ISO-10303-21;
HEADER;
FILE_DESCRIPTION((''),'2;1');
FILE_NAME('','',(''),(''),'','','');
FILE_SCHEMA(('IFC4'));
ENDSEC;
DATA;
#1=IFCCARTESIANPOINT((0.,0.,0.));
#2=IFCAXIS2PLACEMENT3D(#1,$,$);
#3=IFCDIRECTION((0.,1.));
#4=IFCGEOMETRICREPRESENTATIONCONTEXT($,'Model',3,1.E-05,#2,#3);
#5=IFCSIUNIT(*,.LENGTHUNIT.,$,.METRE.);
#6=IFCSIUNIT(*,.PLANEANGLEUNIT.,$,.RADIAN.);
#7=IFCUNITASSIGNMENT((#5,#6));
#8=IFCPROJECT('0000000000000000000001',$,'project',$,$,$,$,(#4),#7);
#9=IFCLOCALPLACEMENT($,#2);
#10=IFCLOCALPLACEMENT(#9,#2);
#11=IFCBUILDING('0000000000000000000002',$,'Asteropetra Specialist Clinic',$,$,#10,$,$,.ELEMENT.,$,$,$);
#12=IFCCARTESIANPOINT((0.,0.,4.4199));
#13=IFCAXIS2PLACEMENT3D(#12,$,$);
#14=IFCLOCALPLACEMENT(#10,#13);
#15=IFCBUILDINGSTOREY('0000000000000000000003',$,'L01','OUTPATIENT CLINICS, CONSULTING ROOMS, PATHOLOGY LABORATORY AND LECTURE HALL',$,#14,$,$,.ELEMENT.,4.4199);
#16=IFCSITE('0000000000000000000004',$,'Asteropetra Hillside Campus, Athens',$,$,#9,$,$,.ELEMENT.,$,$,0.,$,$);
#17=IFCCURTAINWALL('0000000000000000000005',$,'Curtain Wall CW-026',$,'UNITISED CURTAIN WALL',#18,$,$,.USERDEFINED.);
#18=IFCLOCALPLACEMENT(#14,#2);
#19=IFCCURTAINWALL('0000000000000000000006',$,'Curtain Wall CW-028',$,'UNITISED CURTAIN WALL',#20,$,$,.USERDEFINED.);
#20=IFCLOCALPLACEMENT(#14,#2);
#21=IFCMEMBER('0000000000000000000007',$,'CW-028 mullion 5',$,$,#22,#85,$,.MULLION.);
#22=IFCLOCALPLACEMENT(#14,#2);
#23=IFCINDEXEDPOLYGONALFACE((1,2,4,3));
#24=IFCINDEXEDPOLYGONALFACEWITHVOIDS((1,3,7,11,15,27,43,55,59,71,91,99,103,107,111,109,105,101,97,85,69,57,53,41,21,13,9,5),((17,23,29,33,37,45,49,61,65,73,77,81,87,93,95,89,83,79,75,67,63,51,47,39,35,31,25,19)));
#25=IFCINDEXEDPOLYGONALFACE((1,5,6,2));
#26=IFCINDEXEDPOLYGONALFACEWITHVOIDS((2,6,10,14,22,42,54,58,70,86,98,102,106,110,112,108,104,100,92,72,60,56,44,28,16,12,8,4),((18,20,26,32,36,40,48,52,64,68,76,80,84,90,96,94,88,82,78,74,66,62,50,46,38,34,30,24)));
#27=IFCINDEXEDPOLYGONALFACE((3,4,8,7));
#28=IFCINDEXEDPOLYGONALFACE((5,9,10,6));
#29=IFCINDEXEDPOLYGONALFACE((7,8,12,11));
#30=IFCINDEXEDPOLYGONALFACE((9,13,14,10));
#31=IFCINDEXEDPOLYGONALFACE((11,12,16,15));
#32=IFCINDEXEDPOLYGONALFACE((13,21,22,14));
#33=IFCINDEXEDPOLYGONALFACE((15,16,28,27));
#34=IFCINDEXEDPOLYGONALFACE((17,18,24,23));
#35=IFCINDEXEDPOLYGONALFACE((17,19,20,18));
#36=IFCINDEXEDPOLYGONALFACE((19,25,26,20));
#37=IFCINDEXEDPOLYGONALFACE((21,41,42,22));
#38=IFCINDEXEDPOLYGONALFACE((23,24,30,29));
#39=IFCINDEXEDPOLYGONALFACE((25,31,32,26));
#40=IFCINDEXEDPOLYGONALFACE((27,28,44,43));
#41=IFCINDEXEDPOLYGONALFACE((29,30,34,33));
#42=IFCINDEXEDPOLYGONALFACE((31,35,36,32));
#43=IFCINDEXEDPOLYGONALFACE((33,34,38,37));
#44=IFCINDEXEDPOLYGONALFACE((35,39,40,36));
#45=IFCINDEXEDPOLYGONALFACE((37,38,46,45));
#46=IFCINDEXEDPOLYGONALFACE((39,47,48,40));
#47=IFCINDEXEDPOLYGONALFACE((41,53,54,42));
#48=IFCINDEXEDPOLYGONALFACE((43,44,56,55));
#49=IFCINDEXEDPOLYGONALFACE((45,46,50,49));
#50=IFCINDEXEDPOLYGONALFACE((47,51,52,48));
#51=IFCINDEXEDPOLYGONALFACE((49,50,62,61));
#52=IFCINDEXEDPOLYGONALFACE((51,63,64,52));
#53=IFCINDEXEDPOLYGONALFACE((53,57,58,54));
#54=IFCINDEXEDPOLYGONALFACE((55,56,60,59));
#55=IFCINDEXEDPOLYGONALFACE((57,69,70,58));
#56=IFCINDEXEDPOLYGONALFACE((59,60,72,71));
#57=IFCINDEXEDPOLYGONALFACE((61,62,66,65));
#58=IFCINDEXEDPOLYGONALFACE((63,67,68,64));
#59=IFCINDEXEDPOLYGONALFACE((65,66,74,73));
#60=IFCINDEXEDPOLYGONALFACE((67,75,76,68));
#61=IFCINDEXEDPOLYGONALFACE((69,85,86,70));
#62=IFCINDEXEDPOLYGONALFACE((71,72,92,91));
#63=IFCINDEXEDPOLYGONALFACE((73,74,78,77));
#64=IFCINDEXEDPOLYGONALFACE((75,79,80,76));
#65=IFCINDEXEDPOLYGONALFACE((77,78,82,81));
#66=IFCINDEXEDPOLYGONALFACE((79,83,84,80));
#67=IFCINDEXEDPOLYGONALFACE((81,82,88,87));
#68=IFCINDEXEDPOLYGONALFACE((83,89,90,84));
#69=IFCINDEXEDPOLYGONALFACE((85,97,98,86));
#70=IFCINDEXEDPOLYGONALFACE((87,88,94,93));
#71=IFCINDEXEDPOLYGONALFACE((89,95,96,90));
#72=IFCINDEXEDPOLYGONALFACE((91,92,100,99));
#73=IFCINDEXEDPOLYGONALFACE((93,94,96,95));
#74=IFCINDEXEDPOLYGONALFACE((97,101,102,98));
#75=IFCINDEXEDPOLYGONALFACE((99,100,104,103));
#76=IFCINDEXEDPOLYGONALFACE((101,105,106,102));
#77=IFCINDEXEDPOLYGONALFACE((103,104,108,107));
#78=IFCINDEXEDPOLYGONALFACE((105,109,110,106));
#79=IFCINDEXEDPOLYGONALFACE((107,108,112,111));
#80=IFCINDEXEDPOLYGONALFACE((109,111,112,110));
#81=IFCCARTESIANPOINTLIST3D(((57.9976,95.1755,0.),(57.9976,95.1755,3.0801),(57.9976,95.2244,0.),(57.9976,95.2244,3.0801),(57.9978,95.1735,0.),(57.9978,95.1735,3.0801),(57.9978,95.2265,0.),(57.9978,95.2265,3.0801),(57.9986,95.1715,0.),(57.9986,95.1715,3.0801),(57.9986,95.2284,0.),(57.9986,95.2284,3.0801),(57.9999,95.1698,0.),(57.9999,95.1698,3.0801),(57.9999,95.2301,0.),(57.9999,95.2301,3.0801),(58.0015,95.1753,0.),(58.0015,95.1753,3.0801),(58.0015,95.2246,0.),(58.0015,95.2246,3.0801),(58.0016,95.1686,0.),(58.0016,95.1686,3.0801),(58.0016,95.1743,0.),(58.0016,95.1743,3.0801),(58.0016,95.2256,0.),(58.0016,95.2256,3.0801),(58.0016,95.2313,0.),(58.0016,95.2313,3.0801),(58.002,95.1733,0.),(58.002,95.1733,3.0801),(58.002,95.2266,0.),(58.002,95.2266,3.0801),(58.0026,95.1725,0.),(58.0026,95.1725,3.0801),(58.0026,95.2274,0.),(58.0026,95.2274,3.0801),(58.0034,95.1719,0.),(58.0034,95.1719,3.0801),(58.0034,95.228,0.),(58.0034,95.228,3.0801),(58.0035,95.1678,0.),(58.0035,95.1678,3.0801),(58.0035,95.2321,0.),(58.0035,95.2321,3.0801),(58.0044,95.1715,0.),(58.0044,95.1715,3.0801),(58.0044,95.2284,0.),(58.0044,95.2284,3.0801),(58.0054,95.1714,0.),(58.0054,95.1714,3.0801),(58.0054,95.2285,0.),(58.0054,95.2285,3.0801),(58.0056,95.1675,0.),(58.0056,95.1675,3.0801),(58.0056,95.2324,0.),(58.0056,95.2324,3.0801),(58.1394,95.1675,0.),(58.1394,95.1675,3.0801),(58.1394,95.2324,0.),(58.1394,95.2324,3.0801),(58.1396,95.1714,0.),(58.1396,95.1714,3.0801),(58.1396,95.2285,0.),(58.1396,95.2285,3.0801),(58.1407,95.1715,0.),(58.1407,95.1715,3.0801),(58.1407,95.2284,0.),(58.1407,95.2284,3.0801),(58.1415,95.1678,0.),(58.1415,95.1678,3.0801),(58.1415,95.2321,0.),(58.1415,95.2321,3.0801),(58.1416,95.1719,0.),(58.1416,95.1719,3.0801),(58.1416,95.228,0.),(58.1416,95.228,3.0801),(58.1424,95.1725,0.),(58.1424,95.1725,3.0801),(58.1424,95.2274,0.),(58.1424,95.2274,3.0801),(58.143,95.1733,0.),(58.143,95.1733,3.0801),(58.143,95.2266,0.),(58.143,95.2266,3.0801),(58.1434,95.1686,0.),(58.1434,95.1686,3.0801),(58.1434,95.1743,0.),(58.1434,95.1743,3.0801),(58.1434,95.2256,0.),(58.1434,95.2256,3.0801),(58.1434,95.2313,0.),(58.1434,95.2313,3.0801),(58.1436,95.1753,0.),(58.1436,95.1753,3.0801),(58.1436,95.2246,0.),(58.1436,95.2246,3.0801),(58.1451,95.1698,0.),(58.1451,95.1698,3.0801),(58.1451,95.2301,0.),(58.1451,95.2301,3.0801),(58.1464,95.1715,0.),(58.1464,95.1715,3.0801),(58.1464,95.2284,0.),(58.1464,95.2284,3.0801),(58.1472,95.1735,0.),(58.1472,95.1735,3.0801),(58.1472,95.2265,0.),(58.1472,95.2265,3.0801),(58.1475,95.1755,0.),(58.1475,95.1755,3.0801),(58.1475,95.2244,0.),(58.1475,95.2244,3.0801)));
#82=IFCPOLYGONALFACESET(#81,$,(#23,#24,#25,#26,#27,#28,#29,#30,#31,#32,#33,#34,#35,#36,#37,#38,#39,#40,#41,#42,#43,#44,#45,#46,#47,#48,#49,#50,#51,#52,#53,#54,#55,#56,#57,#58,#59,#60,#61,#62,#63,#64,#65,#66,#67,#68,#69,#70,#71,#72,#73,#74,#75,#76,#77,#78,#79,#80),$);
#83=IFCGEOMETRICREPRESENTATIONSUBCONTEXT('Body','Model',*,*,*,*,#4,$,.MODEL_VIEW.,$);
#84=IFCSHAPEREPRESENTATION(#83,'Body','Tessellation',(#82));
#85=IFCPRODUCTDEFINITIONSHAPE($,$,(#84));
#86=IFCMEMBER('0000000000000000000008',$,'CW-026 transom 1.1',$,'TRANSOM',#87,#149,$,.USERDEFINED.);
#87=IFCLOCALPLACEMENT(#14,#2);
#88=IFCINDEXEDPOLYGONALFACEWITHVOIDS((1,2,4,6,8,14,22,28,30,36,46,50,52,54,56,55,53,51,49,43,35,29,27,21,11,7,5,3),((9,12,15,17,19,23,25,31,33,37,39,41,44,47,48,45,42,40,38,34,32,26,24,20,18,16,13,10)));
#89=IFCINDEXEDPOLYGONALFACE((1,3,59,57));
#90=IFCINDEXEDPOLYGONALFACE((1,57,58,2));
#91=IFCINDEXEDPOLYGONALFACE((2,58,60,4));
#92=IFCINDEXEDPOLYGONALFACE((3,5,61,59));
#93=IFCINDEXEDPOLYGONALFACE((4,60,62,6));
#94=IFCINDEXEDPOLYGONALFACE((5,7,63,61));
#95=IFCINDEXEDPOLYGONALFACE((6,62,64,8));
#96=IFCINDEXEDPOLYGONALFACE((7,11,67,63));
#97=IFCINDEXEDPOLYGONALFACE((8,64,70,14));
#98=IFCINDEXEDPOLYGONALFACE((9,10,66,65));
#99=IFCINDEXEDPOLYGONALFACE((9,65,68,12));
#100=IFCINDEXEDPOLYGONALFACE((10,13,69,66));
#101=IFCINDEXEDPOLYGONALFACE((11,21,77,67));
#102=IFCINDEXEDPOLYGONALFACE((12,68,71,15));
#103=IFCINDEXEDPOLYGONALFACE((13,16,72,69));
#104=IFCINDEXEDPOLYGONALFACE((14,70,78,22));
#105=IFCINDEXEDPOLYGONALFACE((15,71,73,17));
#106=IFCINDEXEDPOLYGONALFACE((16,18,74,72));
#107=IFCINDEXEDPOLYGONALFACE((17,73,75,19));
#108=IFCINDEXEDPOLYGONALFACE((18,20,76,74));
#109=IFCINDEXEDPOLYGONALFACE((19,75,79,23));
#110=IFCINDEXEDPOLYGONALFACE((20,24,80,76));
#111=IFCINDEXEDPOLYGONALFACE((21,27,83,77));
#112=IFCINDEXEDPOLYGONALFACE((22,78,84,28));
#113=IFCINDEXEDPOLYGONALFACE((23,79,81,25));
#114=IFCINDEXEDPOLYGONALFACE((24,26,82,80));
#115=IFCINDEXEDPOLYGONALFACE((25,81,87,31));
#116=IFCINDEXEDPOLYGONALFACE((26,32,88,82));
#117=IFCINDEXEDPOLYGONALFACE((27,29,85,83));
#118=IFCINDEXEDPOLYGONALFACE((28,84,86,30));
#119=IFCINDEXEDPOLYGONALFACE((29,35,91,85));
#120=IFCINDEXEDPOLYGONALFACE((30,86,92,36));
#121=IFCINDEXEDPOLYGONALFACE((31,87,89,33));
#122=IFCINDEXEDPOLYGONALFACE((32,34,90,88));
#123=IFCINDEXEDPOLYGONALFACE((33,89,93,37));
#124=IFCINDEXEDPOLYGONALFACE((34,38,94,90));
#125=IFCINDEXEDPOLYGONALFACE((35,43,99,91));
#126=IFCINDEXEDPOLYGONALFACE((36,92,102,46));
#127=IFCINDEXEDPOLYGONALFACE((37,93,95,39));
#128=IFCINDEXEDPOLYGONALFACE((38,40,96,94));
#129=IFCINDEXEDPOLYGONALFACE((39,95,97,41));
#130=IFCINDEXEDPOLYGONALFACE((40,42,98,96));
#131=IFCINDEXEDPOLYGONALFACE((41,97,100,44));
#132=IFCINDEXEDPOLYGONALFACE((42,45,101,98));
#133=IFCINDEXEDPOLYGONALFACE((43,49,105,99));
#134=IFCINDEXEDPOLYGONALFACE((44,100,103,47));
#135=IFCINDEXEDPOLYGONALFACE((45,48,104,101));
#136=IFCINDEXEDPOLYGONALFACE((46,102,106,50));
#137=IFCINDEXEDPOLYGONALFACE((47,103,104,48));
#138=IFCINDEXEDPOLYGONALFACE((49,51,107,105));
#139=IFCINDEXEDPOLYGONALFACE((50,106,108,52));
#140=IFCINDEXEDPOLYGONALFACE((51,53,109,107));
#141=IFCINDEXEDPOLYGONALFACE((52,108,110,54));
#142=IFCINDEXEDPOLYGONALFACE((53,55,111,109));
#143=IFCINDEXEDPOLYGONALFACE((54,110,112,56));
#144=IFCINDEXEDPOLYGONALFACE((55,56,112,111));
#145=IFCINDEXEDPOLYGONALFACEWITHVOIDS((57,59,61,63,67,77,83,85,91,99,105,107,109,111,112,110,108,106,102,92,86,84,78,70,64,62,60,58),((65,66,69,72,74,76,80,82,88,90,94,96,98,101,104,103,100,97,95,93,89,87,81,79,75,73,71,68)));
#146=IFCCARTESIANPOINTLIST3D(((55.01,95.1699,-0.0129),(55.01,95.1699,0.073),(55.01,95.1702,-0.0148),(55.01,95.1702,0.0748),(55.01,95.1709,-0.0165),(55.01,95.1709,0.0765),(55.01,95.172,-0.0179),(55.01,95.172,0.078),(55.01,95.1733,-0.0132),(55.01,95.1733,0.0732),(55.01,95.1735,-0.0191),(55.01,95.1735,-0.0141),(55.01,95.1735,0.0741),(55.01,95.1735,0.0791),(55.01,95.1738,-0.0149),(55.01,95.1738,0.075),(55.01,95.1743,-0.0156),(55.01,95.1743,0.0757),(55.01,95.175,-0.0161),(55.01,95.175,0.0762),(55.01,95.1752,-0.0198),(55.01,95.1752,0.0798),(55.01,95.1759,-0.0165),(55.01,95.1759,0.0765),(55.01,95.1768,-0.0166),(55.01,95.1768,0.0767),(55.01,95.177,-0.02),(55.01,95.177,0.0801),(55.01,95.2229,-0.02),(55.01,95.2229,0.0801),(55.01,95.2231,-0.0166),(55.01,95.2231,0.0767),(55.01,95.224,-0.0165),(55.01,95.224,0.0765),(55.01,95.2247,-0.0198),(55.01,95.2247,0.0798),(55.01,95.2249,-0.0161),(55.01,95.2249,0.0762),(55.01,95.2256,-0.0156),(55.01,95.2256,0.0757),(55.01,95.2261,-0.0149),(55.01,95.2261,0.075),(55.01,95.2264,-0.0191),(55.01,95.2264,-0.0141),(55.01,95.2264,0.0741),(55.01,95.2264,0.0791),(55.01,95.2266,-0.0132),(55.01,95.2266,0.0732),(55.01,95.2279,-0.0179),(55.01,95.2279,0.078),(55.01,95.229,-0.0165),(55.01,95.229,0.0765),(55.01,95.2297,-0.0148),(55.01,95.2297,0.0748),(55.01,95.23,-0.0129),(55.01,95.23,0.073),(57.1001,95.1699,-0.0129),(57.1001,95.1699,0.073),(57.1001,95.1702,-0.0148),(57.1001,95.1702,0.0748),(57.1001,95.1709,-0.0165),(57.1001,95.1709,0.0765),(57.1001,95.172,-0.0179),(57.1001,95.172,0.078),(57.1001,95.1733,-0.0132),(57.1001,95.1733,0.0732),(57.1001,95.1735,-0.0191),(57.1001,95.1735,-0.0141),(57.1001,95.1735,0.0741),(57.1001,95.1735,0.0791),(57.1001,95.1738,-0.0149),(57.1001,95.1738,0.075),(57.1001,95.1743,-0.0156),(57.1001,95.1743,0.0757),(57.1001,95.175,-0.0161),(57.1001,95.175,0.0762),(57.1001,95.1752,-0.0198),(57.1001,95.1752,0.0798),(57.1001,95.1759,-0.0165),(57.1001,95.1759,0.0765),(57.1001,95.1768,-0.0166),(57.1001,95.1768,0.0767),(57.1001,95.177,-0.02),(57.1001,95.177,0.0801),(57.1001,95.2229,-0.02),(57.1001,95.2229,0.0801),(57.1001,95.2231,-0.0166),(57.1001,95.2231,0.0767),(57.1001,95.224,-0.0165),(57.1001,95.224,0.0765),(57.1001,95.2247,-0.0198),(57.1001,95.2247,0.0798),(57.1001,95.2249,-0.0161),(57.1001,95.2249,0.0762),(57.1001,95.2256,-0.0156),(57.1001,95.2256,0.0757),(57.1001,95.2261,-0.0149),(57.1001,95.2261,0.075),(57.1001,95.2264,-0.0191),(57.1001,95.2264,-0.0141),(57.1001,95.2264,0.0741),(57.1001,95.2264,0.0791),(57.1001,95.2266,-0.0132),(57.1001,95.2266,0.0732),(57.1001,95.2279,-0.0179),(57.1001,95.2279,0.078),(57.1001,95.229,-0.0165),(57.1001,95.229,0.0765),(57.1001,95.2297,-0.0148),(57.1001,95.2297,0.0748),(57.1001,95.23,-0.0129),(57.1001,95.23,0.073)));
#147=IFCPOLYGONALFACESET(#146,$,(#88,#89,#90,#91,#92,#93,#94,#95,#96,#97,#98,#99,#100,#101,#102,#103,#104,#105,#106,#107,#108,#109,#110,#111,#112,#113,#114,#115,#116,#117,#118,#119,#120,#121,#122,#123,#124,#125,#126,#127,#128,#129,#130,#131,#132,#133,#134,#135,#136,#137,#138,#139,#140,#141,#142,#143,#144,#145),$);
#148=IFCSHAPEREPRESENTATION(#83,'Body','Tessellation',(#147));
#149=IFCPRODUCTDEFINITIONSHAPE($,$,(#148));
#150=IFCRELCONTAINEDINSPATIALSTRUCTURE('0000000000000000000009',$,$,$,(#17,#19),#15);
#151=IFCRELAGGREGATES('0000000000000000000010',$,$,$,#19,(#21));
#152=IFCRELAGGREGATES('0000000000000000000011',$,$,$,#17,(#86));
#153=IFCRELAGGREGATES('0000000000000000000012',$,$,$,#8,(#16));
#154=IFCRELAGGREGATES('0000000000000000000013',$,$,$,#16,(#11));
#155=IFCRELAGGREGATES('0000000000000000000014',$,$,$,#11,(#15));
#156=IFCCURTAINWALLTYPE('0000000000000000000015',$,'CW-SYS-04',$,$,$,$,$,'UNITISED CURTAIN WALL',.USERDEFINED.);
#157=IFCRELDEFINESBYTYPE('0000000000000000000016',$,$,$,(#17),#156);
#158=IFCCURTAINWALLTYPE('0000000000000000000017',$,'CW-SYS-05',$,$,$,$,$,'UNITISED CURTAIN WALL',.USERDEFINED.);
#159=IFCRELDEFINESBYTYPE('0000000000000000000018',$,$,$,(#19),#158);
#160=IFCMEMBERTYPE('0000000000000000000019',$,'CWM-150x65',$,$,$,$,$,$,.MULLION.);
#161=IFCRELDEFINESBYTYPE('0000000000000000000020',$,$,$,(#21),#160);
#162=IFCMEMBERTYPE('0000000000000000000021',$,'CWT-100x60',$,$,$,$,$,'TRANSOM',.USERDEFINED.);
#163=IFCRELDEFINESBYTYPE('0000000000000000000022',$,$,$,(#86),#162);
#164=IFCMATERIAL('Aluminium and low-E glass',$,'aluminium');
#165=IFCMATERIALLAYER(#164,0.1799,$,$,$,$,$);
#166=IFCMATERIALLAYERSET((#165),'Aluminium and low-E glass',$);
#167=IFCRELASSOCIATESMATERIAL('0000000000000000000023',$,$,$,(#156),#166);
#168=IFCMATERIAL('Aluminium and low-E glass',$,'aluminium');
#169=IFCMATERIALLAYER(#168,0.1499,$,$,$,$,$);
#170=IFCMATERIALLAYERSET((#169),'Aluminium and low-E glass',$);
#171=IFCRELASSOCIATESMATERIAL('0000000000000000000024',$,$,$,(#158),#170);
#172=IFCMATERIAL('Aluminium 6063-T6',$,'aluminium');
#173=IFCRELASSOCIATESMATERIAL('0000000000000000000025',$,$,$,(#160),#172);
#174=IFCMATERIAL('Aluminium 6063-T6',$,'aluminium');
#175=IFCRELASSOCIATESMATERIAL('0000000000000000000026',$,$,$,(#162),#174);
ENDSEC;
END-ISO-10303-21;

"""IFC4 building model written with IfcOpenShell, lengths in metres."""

from ifc_helpers import new_model, si_unit, direction, frame, origin, origin_2d, place, context, subcontext, project, spatial, hollow_rectangle, extrude, material, layer, layer_set, material_profile, profile_set, type_object, element, aggregate, save


model = new_model("IFC4")

# Units and contexts
model_context = context("Model", 3, precision=1e-05, world=origin(), true_north=direction((0.0, 1.0)))
body_context = subcontext(model_context, "Body", "Model", "MODEL_VIEW")
ifc_project = project(units=[si_unit("LENGTHUNIT", "METRE"), si_unit("PLANEANGLEUNIT", "RADIAN")], contexts=[model_context])

# Site, building, storey
site_placement = place(None, origin())
site = spatial("IfcSite", under=ifc_project, at=site_placement, Name="Asteropetra Hillside Campus, Athens", CompositionType="ELEMENT", RefElevation=0.0)
building_placement = place(site_placement, origin())
building = spatial("IfcBuilding", under=site, at=building_placement, Name="Asteropetra Specialist Clinic", CompositionType="ELEMENT")
storey_placement = place(building_placement, frame((0.0, 0.0, 4.4199)))
storey = spatial("IfcBuildingStorey", under=building, at=storey_placement, Name="L01", Description="OUTPATIENT CLINICS, CONSULTING ROOMS, PATHOLOGY LABORATORY AND LECTURE HALL", CompositionType="ELEMENT", Elevation=4.4199)

# Curtain wall
ifc_material_1 = material(Name="Aluminium and low-E glass", Category="aluminium")
ifc_layer_1 = layer(ifc_material_1, 0.1799)
ifc_layer_set_1 = layer_set([ifc_layer_1], Name="Aluminium and low-E glass")
curtain_wall_type_1 = type_object("IfcCurtainWallType", Name="CW-SYS-04", ElementType="UNITISED CURTAIN WALL", PredefinedType="USERDEFINED", material=ifc_layer_set_1)
curtain_wall_1_placement = place(storey_placement, origin())
curtain_wall_1 = element("IfcCurtainWall", 1, at=curtain_wall_1_placement, inside=storey, type_object=curtain_wall_type_1, Name="Curtain Wall CW-026", ObjectType="UNITISED CURTAIN WALL", PredefinedType="USERDEFINED")

# Curtain wall, member
ifc_material_2 = material(Name="Aluminium and low-E glass", Category="aluminium")
ifc_layer_2 = layer(ifc_material_2, 0.1499)
ifc_layer_set_2 = layer_set([ifc_layer_2], Name="Aluminium and low-E glass")
curtain_wall_type_2 = type_object("IfcCurtainWallType", Name="CW-SYS-05", ElementType="UNITISED CURTAIN WALL", PredefinedType="USERDEFINED", material=ifc_layer_set_2)
curtain_wall_2_placement = place(storey_placement, origin())
curtain_wall_2 = element("IfcCurtainWall", 2, at=curtain_wall_2_placement, inside=storey, type_object=curtain_wall_type_2, Name="Curtain Wall CW-028", ObjectType="UNITISED CURTAIN WALL", PredefinedType="USERDEFINED")
ifc_material_3 = material(Name="Aluminium 6063-T6", Category="aluminium")
ifc_material_profile_1 = material_profile(ifc_material_3, hollow_rectangle(XDim=0.0649, YDim=0.1499, WallThickness=0.0039, InnerFilletRadius=0.0039, OuterFilletRadius=0.0081, at=origin_2d()), Name="MUL 150x65x4.0")
ifc_profile_set_1 = profile_set([ifc_material_profile_1], Name="Aluminium 6063-T6")
member_type_1 = type_object("IfcMemberType", Name="CWM-150x65", PredefinedType="MULLION", material=ifc_profile_set_1)
member_1_placement = place(storey_placement, frame((58.0725, 95.2, 0.0), z_axis=(0.0, 0.0, 1.0), x_axis=(0.0, -1.0, 0.0)))
member_1 = element("IfcMember", 3, at=member_1_placement, type_object=member_type_1, Name="CW-028 mullion 5", PredefinedType="MULLION", context=body_context, shape_type="SweptSolid", body=[
    extrude(hollow_rectangle(XDim=0.0649, YDim=0.1499, WallThickness=0.0039, InnerFilletRadius=0.0039, OuterFilletRadius=0.0081, at=origin_2d()), origin(), (0.0, 0.0, 1.0), 3.0801),
])

# Member
ifc_material_4 = material(Name="Aluminium 6063-T6", Category="aluminium")
ifc_material_profile_2 = material_profile(ifc_material_4, hollow_rectangle(XDim=0.0601, YDim=0.1001, WallThickness=0.0034, InnerFilletRadius=0.0034, OuterFilletRadius=0.0071, at=origin_2d()), Name="TRN 100x60x3.5")
ifc_profile_set_2 = profile_set([ifc_material_profile_2], Name="Aluminium 6063-T6")
member_type_2 = type_object("IfcMemberType", Name="CWT-100x60", ElementType="TRANSOM", PredefinedType="USERDEFINED", material=ifc_profile_set_2)
member_2_placement = place(storey_placement, frame((57.1001, 95.2, 0.03), z_axis=(-1.0, 0.0, 0.0), x_axis=(0.0, -1.0, 0.0)))
member_2 = element("IfcMember", 4, at=member_2_placement, type_object=member_type_2, Name="CW-026 transom 1.1", ObjectType="TRANSOM", PredefinedType="USERDEFINED", context=body_context, shape_type="SweptSolid", body=[
    extrude(hollow_rectangle(XDim=0.0601, YDim=0.1001, WallThickness=0.0034, InnerFilletRadius=0.0034, OuterFilletRadius=0.0071, at=origin_2d()), origin(), (0.0, 0.0, 1.0), 2.0901),
])

aggregate(curtain_wall_2, [member_1])
aggregate(curtain_wall_1, [member_2])

save(model, "model.ifc")
